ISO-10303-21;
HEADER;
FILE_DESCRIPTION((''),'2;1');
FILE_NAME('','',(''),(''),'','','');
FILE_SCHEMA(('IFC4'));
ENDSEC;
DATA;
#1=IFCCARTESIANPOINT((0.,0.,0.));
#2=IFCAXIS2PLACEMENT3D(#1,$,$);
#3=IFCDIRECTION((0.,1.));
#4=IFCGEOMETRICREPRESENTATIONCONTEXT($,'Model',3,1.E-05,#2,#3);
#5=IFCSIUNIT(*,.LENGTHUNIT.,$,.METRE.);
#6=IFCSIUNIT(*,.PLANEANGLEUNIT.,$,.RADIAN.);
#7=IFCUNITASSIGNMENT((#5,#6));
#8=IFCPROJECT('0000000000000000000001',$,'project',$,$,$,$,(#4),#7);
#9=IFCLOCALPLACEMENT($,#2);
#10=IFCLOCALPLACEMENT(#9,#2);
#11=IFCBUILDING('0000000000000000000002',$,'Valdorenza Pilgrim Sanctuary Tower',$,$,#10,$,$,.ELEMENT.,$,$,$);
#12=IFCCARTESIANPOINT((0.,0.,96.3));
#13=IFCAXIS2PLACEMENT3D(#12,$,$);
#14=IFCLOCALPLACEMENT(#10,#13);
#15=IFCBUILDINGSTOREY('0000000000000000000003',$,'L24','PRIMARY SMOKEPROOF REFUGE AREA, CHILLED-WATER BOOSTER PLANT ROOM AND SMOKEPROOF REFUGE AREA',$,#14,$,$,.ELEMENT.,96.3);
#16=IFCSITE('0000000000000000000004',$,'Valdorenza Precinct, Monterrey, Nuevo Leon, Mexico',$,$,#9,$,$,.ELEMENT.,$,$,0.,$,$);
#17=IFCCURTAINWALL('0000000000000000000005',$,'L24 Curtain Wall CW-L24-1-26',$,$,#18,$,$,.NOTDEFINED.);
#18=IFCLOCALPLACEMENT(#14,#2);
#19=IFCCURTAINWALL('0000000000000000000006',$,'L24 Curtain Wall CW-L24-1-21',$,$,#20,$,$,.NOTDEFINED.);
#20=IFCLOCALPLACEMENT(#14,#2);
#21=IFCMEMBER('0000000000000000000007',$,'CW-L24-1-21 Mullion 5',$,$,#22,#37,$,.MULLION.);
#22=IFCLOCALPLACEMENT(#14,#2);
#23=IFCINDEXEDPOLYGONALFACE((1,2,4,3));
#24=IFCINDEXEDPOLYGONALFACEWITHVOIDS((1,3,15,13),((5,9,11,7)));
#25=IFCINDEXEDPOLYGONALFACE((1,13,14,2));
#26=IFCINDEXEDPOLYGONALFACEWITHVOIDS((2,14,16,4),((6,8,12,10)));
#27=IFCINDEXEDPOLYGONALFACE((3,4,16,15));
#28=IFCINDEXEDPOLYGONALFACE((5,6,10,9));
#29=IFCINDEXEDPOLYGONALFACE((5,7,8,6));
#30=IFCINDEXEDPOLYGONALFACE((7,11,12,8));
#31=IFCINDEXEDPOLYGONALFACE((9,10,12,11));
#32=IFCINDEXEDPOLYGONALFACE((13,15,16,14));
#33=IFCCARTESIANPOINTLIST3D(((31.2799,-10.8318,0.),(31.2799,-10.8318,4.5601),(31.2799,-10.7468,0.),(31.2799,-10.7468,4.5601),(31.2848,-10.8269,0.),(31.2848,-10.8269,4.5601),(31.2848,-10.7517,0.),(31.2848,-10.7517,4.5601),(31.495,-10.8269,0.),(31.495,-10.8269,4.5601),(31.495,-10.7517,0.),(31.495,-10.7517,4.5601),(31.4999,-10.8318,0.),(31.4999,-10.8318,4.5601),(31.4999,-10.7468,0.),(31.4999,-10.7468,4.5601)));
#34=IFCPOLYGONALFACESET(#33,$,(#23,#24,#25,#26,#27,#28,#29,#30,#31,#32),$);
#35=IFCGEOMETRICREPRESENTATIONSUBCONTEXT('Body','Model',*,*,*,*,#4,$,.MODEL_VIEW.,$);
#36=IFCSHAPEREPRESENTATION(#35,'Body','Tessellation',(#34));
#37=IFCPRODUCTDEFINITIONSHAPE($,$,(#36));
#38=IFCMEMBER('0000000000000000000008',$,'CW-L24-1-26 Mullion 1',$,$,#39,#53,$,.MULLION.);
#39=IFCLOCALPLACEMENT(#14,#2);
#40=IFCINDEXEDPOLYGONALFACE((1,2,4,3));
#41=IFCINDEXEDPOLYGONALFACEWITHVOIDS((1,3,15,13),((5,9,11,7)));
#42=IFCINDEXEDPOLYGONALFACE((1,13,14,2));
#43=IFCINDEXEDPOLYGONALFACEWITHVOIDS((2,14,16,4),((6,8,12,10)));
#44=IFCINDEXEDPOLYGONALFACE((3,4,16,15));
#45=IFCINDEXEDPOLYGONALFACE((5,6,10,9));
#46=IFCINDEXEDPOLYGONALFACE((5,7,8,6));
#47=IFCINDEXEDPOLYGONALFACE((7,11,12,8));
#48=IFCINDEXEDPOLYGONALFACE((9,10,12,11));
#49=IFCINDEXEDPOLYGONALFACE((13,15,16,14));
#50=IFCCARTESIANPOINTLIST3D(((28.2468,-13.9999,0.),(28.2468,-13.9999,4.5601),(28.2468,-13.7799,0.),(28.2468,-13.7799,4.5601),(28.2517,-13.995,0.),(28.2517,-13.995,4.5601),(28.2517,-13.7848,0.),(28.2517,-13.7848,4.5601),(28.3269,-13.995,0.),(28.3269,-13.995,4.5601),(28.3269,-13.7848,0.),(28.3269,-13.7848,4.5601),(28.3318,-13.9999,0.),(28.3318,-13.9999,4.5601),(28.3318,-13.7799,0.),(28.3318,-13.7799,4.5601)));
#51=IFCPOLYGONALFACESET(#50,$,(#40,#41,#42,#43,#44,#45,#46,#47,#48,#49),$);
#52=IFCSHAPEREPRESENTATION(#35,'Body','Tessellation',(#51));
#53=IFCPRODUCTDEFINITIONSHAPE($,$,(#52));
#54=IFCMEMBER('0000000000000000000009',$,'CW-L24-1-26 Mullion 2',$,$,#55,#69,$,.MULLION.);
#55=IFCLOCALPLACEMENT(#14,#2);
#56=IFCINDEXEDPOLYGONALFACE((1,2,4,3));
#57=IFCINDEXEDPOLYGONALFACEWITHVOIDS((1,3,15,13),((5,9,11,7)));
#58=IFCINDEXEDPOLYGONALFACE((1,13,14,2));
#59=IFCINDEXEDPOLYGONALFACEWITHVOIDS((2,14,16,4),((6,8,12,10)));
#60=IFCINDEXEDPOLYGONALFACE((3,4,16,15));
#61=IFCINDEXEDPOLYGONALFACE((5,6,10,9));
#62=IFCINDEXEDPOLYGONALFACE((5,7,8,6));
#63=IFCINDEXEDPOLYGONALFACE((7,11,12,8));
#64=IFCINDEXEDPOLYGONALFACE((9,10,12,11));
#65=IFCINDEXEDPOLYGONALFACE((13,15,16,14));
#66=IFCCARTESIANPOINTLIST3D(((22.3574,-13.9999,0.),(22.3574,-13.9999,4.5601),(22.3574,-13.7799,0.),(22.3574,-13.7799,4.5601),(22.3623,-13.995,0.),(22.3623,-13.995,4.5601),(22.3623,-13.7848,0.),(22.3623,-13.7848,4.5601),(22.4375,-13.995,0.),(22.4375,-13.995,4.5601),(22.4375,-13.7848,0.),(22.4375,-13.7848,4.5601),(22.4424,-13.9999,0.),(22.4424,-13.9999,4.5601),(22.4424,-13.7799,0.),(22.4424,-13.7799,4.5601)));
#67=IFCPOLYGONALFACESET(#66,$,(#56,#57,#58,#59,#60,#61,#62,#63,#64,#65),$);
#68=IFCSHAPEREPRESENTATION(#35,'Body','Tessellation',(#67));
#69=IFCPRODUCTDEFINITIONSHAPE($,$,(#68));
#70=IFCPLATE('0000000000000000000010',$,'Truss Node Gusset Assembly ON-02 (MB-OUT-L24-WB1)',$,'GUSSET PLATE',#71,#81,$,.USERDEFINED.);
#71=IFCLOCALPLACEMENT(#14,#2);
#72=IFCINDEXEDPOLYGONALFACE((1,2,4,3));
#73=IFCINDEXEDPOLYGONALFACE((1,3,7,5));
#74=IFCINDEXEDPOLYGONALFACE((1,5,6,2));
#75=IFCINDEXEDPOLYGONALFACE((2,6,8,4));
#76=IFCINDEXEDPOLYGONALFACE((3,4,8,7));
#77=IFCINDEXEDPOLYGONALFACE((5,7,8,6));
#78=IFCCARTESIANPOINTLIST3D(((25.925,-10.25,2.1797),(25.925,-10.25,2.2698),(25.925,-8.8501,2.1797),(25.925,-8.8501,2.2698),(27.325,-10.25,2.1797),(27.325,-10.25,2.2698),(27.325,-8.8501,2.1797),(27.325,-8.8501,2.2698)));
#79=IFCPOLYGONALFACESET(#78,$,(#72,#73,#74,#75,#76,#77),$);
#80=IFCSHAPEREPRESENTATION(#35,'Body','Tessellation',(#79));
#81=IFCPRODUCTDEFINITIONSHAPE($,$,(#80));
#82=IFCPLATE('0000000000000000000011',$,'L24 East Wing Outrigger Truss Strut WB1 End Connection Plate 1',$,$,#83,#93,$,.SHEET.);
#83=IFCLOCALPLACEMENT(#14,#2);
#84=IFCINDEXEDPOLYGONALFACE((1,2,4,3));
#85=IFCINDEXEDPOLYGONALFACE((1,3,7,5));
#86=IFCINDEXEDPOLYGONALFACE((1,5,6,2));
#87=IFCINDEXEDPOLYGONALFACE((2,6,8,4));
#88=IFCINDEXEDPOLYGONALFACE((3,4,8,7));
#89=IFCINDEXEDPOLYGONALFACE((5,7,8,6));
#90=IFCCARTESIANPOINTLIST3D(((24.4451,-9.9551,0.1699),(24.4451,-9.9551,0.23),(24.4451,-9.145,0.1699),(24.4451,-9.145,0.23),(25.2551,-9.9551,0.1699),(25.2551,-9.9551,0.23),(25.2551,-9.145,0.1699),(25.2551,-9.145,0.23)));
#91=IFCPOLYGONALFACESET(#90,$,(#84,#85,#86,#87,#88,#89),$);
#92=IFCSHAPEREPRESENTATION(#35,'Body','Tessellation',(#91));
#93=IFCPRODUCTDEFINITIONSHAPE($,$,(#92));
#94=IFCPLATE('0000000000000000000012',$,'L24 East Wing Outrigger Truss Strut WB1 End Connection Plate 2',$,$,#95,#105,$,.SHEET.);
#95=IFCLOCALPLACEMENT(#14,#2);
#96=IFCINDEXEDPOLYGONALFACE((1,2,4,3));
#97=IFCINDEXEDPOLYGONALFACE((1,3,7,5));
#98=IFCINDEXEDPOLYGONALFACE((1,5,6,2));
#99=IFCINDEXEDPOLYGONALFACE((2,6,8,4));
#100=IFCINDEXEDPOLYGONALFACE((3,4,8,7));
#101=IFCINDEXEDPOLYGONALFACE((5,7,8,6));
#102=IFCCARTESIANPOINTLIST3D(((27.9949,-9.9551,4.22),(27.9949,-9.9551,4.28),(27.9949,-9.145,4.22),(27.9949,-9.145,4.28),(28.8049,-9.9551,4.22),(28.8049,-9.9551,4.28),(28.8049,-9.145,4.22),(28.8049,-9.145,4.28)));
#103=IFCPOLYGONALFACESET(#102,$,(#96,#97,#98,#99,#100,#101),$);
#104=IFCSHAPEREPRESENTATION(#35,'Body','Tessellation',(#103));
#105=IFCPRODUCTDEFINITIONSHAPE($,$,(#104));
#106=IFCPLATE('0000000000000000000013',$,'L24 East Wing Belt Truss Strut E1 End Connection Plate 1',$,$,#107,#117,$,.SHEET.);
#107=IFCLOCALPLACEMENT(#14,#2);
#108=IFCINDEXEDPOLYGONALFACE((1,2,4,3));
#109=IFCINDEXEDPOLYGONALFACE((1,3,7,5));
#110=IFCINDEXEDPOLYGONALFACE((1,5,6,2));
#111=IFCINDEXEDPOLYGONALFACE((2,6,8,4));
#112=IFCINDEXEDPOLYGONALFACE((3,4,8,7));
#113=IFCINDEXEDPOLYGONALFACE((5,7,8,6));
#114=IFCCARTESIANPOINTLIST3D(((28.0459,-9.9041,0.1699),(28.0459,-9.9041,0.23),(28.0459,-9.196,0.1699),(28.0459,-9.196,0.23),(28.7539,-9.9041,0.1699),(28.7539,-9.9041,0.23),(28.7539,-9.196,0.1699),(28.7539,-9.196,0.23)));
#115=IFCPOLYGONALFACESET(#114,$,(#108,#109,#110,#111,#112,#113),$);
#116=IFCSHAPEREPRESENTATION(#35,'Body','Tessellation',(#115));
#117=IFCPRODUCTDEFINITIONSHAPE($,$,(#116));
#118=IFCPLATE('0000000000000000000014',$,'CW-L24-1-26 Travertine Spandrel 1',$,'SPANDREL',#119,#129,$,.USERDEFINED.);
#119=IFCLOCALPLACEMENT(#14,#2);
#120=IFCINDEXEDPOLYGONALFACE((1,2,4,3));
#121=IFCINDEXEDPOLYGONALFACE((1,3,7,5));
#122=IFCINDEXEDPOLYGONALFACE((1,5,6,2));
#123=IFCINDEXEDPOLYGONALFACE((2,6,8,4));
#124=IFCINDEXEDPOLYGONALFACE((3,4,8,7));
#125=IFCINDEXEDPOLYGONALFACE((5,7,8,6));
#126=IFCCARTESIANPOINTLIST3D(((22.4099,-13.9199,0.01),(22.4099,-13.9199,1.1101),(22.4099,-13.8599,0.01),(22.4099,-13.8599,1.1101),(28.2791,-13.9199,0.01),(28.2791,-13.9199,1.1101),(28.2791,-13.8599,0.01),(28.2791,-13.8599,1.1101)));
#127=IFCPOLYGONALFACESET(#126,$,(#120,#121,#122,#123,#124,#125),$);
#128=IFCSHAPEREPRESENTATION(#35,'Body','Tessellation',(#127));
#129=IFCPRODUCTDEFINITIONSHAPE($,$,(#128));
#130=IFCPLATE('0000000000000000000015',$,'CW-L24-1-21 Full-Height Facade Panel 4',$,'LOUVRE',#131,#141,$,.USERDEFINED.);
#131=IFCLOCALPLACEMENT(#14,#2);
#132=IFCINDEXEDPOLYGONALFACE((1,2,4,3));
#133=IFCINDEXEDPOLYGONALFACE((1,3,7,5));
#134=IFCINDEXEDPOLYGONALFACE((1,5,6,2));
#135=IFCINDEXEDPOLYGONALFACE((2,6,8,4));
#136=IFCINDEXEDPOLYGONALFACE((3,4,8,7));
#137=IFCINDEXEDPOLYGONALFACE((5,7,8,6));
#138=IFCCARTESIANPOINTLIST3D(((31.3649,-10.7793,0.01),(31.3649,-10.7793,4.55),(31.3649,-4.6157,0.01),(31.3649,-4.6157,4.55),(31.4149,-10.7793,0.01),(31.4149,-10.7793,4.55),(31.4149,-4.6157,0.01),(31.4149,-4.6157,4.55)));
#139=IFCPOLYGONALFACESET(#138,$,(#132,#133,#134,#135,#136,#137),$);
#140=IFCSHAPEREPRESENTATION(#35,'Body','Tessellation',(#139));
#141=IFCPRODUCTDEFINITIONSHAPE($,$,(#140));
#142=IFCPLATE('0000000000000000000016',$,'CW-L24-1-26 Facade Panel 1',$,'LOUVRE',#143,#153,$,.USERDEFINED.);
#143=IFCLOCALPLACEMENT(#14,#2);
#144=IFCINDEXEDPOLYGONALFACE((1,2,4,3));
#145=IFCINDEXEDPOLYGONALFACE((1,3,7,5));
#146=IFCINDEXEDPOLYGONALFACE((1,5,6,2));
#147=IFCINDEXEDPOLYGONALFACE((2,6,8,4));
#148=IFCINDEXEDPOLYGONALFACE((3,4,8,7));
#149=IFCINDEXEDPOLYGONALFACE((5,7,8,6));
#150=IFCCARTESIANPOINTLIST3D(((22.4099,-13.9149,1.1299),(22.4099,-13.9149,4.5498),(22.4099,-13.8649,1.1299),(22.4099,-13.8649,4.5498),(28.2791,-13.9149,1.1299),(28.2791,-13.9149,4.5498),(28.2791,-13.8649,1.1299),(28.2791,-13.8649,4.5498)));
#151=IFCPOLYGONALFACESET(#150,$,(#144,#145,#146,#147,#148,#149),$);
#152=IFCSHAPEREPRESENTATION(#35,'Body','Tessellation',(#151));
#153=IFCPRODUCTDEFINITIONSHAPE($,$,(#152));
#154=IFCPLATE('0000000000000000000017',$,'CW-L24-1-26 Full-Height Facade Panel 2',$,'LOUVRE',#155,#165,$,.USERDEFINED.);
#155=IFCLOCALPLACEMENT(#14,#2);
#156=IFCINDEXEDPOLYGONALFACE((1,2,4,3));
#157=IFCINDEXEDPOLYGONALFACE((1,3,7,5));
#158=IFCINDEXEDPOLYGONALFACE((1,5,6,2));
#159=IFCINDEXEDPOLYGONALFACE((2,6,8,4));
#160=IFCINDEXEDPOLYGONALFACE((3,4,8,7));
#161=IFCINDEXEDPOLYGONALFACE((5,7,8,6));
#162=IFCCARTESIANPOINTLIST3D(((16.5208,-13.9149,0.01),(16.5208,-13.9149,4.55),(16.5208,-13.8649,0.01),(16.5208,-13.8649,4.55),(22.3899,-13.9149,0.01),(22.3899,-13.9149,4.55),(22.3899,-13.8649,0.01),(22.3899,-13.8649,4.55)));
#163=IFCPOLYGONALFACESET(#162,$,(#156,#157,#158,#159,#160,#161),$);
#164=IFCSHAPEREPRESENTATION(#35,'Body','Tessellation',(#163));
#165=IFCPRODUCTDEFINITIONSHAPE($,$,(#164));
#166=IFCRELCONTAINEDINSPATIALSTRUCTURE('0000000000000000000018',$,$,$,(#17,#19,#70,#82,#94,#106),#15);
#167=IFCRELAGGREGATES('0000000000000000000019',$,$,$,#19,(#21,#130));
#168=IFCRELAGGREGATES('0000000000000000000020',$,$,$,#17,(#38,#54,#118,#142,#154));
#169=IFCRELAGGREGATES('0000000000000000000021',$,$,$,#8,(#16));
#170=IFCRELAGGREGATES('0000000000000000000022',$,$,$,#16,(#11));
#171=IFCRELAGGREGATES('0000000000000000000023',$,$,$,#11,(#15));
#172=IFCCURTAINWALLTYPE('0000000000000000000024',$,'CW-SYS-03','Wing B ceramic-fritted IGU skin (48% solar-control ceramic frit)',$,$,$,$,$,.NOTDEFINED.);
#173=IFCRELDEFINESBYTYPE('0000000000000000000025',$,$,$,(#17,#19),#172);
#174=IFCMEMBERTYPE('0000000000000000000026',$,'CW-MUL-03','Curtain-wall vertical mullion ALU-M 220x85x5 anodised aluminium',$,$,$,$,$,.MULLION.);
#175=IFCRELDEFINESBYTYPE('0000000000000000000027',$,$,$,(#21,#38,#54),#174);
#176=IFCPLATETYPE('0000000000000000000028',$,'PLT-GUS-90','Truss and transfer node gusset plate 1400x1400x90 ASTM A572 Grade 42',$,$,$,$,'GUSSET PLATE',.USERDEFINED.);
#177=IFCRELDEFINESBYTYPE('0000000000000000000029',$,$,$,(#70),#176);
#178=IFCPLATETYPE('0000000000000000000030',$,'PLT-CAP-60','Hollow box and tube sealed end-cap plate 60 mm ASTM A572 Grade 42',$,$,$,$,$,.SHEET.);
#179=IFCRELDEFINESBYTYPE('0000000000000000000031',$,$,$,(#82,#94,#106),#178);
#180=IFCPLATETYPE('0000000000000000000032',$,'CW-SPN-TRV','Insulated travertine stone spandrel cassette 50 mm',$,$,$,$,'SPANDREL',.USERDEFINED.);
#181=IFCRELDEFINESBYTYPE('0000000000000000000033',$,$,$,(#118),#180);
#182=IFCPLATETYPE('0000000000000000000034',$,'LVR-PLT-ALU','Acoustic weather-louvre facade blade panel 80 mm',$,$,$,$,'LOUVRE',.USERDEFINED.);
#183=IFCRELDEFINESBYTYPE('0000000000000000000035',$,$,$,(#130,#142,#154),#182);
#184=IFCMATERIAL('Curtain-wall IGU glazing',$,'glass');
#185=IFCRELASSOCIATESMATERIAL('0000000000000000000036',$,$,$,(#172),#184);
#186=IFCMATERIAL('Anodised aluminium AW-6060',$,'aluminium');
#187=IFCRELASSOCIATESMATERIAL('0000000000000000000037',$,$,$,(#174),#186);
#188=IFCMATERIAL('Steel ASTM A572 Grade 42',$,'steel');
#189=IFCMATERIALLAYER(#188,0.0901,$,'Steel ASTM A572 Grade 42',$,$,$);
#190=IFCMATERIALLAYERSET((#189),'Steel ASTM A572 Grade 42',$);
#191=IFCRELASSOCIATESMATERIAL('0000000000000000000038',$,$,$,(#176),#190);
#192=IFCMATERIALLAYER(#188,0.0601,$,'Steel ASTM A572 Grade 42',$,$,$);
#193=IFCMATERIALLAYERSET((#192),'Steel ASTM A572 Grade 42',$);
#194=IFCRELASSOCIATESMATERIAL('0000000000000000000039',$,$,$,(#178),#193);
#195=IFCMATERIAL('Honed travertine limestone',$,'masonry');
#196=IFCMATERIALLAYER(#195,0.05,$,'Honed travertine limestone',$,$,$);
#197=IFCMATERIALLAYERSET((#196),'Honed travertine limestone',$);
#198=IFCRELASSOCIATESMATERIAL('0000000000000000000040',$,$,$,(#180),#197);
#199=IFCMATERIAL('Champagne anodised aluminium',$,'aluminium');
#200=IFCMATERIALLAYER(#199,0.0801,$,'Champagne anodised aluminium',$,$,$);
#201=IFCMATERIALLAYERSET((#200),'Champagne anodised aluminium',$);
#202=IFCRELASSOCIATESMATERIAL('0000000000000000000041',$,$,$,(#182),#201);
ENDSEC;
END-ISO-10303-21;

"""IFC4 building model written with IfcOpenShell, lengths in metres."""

from ifc_helpers import new_model, si_unit, direction, frame, origin, origin_2d, place, context, subcontext, project, spatial, rectangle, hollow_rectangle, extrude, source, transform, mapped, material, layer, layer_set, material_profile, profile_set, type_object, element, aggregate, save


model = new_model("IFC4")

# Units and contexts
model_context = context("Model", 3, precision=1e-05, world=origin(), true_north=direction((0.0, 1.0)))
body_context = subcontext(model_context, "Body", "Model", "MODEL_VIEW")
ifc_project = project(units=[si_unit("LENGTHUNIT", "METRE"), si_unit("PLANEANGLEUNIT", "RADIAN")], contexts=[model_context])

# Site, building, storey
site_placement = place(None, origin())
site = spatial("IfcSite", under=ifc_project, at=site_placement, Name="Valdorenza Precinct, Monterrey, Nuevo Leon, Mexico", CompositionType="ELEMENT", RefElevation=0.0)
building_placement = place(site_placement, origin())
building = spatial("IfcBuilding", under=site, at=building_placement, Name="Valdorenza Pilgrim Sanctuary Tower", CompositionType="ELEMENT")
storey_placement = place(building_placement, frame((0.0, 0.0, 96.3)))
storey = spatial("IfcBuildingStorey", under=building, at=storey_placement, Name="L24", Description="PRIMARY SMOKEPROOF REFUGE AREA, CHILLED-WATER BOOSTER PLANT ROOM AND SMOKEPROOF REFUGE AREA", CompositionType="ELEMENT", Elevation=96.3)

# Curtain walls, member
ifc_material_1 = material(Name="Curtain-wall IGU glazing", Category="glass")
curtain_wall_type = type_object("IfcCurtainWallType", Name="CW-SYS-03", Description="Wing B ceramic-fritted IGU skin (48% solar-control ceramic frit)", PredefinedType="NOTDEFINED", material=ifc_material_1)
curtain_wall_1_placement = place(storey_placement, origin())
curtain_wall_1 = element("IfcCurtainWall", 1, at=curtain_wall_1_placement, inside=storey, type_object=curtain_wall_type, Name="L24 Curtain Wall CW-L24-1-26", PredefinedType="NOTDEFINED")
ifc_material_2 = material(Name="Anodised aluminium AW-6060", Category="aluminium")
curtain_wall_2_placement = place(storey_placement, origin())
curtain_wall_2 = element("IfcCurtainWall", 2, at=curtain_wall_2_placement, inside=storey, type_object=curtain_wall_type, Name="L24 Curtain Wall CW-L24-1-21", PredefinedType="NOTDEFINED")
ifc_material_profile_1 = material_profile(ifc_material_2, hollow_rectangle(XDim=0.085, YDim=0.22, WallThickness=0.0049, at=origin_2d()), Name="ALU-M 220x85x5")
ifc_profile_set_1 = profile_set([ifc_material_profile_1], Name="Anodised aluminium AW-6060")
member_type_1 = type_object("IfcMemberType", Name="CW-MUL-03", Description="Curtain-wall vertical mullion ALU-M 220x85x5 anodised aluminium", PredefinedType="MULLION", material=ifc_profile_set_1)
shared_shape_1 = source(origin(), body_context, "Body", "SweptSolid", [
    extrude(hollow_rectangle(XDim=0.085, YDim=0.22, WallThickness=0.0049, at=origin_2d()), origin(), (0.0, 0.0, 1.0), 4.5601),
])
member_1_placement = place(storey_placement, frame((31.3899, -10.7893, 0.0), z_axis=(0.0, 0.0, 1.0), x_axis=(0.0, -1.0, 0.0)))
member_1 = element("IfcMember", 3, at=member_1_placement, type_object=member_type_1, Name="CW-L24-1-21 Mullion 5", PredefinedType="MULLION", context=body_context, shape_type="MappedRepresentation", body=[
    mapped(shared_shape_1, transform((0.0, 0.0, 0.0), x_axis=(1.0, 0.0, 0.0), y_axis=(0.0, 1.0, 0.0), z_axis=(0.0, 0.0, 1.0), scale=1.0)),
])

# Members
member_2_placement = place(storey_placement, frame((28.2893, -13.8899, 0.0), z_axis=(0.0, 0.0, 1.0), x_axis=(-1.0, 0.0, 0.0)))
member_2 = element("IfcMember", 4, at=member_2_placement, type_object=member_type_1, Name="CW-L24-1-26 Mullion 1", PredefinedType="MULLION", context=body_context, shape_type="MappedRepresentation", body=[
    mapped(shared_shape_1, transform((0.0, 0.0, 0.0), x_axis=(1.0, 0.0, 0.0), y_axis=(0.0, 1.0, 0.0), z_axis=(0.0, 0.0, 1.0), scale=1.0)),
])
member_3_placement = place(storey_placement, frame((22.3999, -13.8899, 0.0), z_axis=(0.0, 0.0, 1.0), x_axis=(-1.0, 0.0, 0.0)))
member_3 = element("IfcMember", 5, at=member_3_placement, type_object=member_type_1, Name="CW-L24-1-26 Mullion 2", PredefinedType="MULLION", context=body_context, shape_type="MappedRepresentation", body=[
    mapped(shared_shape_1, transform((0.0, 0.0, 0.0), x_axis=(1.0, 0.0, 0.0), y_axis=(0.0, 1.0, 0.0), z_axis=(0.0, 0.0, 1.0), scale=1.0)),
])

# Plates
ifc_material_3 = material(Name="Steel ASTM A572 Grade 42", Category="steel")
ifc_layer_1 = layer(ifc_material_3, 0.0901, Name="Steel ASTM A572 Grade 42")
ifc_layer_set_1 = layer_set([ifc_layer_1], Name="Steel ASTM A572 Grade 42")
plate_type_1 = type_object("IfcPlateType", Name="PLT-GUS-90", Description="Truss and transfer node gusset plate 1400x1400x90 ASTM A572 Grade 42", ElementType="GUSSET PLATE", PredefinedType="USERDEFINED", material=ifc_layer_set_1)
shared_shape_2 = source(origin(), body_context, "Body", "SweptSolid", [
    extrude(rectangle(XDim=1.3999, YDim=1.3999, at=origin_2d()), origin(), (0.0, 0.0, 1.0), 0.0901),
])
plate_1_placement = place(storey_placement, frame((26.625, -9.55, 2.1797), z_axis=(0.0, 0.0, 1.0), x_axis=(1.0, 0.0, 0.0)))
element("IfcPlate", 6, at=plate_1_placement, inside=storey, type_object=plate_type_1, Name="Truss Node Gusset Assembly ON-02 (MB-OUT-L24-WB1)", ObjectType="GUSSET PLATE", PredefinedType="USERDEFINED", context=body_context, shape_type="MappedRepresentation", body=[
    mapped(shared_shape_2, transform((0.0, 0.0, 0.0), x_axis=(1.0, 0.0, 0.0), y_axis=(0.0, 1.0, 0.0), z_axis=(0.0, 0.0, 1.0), scale=1.0)),
])
ifc_layer_2 = layer(ifc_material_3, 0.0601, Name="Steel ASTM A572 Grade 42")
ifc_layer_set_2 = layer_set([ifc_layer_2], Name="Steel ASTM A572 Grade 42")
plate_type_2 = type_object("IfcPlateType", Name="PLT-CAP-60", Description="Hollow box and tube sealed end-cap plate 60 mm ASTM A572 Grade 42", PredefinedType="SHEET", material=ifc_layer_set_2)
shared_shape_3 = source(origin(), body_context, "Body", "SweptSolid", [
    extrude(rectangle(XDim=0.8101, YDim=0.8101, at=origin_2d()), origin(), (0.0, 0.0, 1.0), 0.0601),
])
for number, where, z_axis, x_axis, name in (
    (7, (24.8501, -9.55, 0.1699), (0.0, 0.0, 1.0), (1.0, 0.0, 0.0), "L24 East Wing Outrigger Truss Strut WB1 End Connection Plate 1"),
    (8, (28.3999, -9.55, 4.22), (0.0, 0.0, 1.0), (1.0, 0.0, 0.0), "L24 East Wing Outrigger Truss Strut WB1 End Connection Plate 2"),
):
    element("IfcPlate", number, at=place(storey_placement, frame(where, z_axis=z_axis, x_axis=x_axis)), inside=storey, type_object=plate_type_2, Name=name, PredefinedType="SHEET", context=body_context, shape_type="MappedRepresentation", body=[
        mapped(shared_shape_3, transform((0.0, 0.0, 0.0), x_axis=(1.0, 0.0, 0.0), y_axis=(0.0, 1.0, 0.0), z_axis=(0.0, 0.0, 1.0), scale=1.0)),
    ])
shared_shape_4 = source(origin(), body_context, "Body", "SweptSolid", [
    extrude(rectangle(XDim=0.708, YDim=0.708, at=origin_2d()), origin(), (0.0, 0.0, 1.0), 0.0601),
])
plate_2_placement = place(storey_placement, frame((28.3999, -9.55, 0.1699), z_axis=(0.0, 0.0, 1.0), x_axis=(1.0, 0.0, 0.0)))
element("IfcPlate", 9, at=plate_2_placement, inside=storey, type_object=plate_type_2, Name="L24 East Wing Belt Truss Strut E1 End Connection Plate 1", PredefinedType="SHEET", context=body_context, shape_type="MappedRepresentation", body=[
    mapped(shared_shape_4, transform((0.0, 0.0, 0.0), x_axis=(1.0, 0.0, 0.0), y_axis=(0.0, 1.0, 0.0), z_axis=(0.0, 0.0, 1.0), scale=1.0)),
])

# Plates
ifc_material_4 = material(Name="Honed travertine limestone", Category="masonry")
ifc_layer_3 = layer(ifc_material_4, 0.05, Name="Honed travertine limestone")
ifc_layer_set_3 = layer_set([ifc_layer_3], Name="Honed travertine limestone")
plate_type_3 = type_object("IfcPlateType", Name="CW-SPN-TRV", Description="Insulated travertine stone spandrel cassette 50 mm", ElementType="SPANDREL", PredefinedType="USERDEFINED", material=ifc_layer_set_3)
shared_shape_5 = source(origin(), body_context, "Body", "SweptSolid", [
    extrude(rectangle(XDim=5.8691, YDim=0.0601, at=origin_2d()), origin(), (0.0, 0.0, 1.0), 1.1001),
])
plate_3_placement = place(storey_placement, frame((25.3445, -13.8899, 0.01), z_axis=(0.0, 0.0, 1.0), x_axis=(-1.0, 0.0, 0.0)))
plate_3 = element("IfcPlate", 10, at=plate_3_placement, type_object=plate_type_3, Name="CW-L24-1-26 Travertine Spandrel 1", ObjectType="SPANDREL", PredefinedType="USERDEFINED", context=body_context, shape_type="MappedRepresentation", body=[
    mapped(shared_shape_5, transform((0.0, 0.0, 0.0), x_axis=(1.0, 0.0, 0.0), y_axis=(0.0, 1.0, 0.0), z_axis=(0.0, 0.0, 1.0), scale=1.0)),
])
ifc_material_5 = material(Name="Champagne anodised aluminium", Category="aluminium")
ifc_layer_4 = layer(ifc_material_5, 0.0801, Name="Champagne anodised aluminium")
ifc_layer_set_4 = layer_set([ifc_layer_4], Name="Champagne anodised aluminium")
plate_type_4 = type_object("IfcPlateType", Name="LVR-PLT-ALU", Description="Acoustic weather-louvre facade blade panel 80 mm", ElementType="LOUVRE", PredefinedType="USERDEFINED", material=ifc_layer_set_4)
shared_shape_6 = source(origin(), body_context, "Body", "SweptSolid", [
    extrude(rectangle(XDim=6.1636, YDim=0.05, at=origin_2d()), origin(), (0.0, 0.0, 1.0), 4.54),
])
plate_4_placement = place(storey_placement, frame((31.3899, -7.6975, 0.01), z_axis=(0.0, 0.0, 1.0), x_axis=(0.0, -1.0, 0.0)))
plate_4 = element("IfcPlate", 11, at=plate_4_placement, type_object=plate_type_4, Name="CW-L24-1-21 Full-Height Facade Panel 4", ObjectType="LOUVRE", PredefinedType="USERDEFINED", context=body_context, shape_type="MappedRepresentation", body=[
    mapped(shared_shape_6, transform((0.0, 0.0, 0.0), x_axis=(1.0, 0.0, 0.0), y_axis=(0.0, 1.0, 0.0), z_axis=(0.0, 0.0, 1.0), scale=1.0)),
])
aggregate(curtain_wall_2, [member_1, plate_4])
shared_shape_7 = source(origin(), body_context, "Body", "SweptSolid", [
    extrude(rectangle(XDim=5.8691, YDim=0.05, at=origin_2d()), origin(), (0.0, 0.0, 1.0), 3.4199),
])
plate_5_placement = place(storey_placement, frame((25.3445, -13.8899, 1.1299), z_axis=(0.0, 0.0, 1.0), x_axis=(-1.0, 0.0, 0.0)))
plate_5 = element("IfcPlate", 12, at=plate_5_placement, type_object=plate_type_4, Name="CW-L24-1-26 Facade Panel 1", ObjectType="LOUVRE", PredefinedType="USERDEFINED", context=body_context, shape_type="MappedRepresentation", body=[
    mapped(shared_shape_7, transform((0.0, 0.0, 0.0), x_axis=(1.0, 0.0, 0.0), y_axis=(0.0, 1.0, 0.0), z_axis=(0.0, 0.0, 1.0), scale=1.0)),
])
shared_shape_8 = source(origin(), body_context, "Body", "SweptSolid", [
    extrude(rectangle(XDim=5.8691, YDim=0.05, at=origin_2d()), origin(), (0.0, 0.0, 1.0), 4.54),
])
plate_6_placement = place(storey_placement, frame((19.4553, -13.8899, 0.01), z_axis=(0.0, 0.0, 1.0), x_axis=(-1.0, 0.0, 0.0)))
plate_6 = element("IfcPlate", 13, at=plate_6_placement, type_object=plate_type_4, Name="CW-L24-1-26 Full-Height Facade Panel 2", ObjectType="LOUVRE", PredefinedType="USERDEFINED", context=body_context, shape_type="MappedRepresentation", body=[
    mapped(shared_shape_8, transform((0.0, 0.0, 0.0), x_axis=(1.0, 0.0, 0.0), y_axis=(0.0, 1.0, 0.0), z_axis=(0.0, 0.0, 1.0), scale=1.0)),
])
aggregate(curtain_wall_1, [member_2, member_3, plate_3, plate_5, plate_6])

save(model, "model.ifc")
